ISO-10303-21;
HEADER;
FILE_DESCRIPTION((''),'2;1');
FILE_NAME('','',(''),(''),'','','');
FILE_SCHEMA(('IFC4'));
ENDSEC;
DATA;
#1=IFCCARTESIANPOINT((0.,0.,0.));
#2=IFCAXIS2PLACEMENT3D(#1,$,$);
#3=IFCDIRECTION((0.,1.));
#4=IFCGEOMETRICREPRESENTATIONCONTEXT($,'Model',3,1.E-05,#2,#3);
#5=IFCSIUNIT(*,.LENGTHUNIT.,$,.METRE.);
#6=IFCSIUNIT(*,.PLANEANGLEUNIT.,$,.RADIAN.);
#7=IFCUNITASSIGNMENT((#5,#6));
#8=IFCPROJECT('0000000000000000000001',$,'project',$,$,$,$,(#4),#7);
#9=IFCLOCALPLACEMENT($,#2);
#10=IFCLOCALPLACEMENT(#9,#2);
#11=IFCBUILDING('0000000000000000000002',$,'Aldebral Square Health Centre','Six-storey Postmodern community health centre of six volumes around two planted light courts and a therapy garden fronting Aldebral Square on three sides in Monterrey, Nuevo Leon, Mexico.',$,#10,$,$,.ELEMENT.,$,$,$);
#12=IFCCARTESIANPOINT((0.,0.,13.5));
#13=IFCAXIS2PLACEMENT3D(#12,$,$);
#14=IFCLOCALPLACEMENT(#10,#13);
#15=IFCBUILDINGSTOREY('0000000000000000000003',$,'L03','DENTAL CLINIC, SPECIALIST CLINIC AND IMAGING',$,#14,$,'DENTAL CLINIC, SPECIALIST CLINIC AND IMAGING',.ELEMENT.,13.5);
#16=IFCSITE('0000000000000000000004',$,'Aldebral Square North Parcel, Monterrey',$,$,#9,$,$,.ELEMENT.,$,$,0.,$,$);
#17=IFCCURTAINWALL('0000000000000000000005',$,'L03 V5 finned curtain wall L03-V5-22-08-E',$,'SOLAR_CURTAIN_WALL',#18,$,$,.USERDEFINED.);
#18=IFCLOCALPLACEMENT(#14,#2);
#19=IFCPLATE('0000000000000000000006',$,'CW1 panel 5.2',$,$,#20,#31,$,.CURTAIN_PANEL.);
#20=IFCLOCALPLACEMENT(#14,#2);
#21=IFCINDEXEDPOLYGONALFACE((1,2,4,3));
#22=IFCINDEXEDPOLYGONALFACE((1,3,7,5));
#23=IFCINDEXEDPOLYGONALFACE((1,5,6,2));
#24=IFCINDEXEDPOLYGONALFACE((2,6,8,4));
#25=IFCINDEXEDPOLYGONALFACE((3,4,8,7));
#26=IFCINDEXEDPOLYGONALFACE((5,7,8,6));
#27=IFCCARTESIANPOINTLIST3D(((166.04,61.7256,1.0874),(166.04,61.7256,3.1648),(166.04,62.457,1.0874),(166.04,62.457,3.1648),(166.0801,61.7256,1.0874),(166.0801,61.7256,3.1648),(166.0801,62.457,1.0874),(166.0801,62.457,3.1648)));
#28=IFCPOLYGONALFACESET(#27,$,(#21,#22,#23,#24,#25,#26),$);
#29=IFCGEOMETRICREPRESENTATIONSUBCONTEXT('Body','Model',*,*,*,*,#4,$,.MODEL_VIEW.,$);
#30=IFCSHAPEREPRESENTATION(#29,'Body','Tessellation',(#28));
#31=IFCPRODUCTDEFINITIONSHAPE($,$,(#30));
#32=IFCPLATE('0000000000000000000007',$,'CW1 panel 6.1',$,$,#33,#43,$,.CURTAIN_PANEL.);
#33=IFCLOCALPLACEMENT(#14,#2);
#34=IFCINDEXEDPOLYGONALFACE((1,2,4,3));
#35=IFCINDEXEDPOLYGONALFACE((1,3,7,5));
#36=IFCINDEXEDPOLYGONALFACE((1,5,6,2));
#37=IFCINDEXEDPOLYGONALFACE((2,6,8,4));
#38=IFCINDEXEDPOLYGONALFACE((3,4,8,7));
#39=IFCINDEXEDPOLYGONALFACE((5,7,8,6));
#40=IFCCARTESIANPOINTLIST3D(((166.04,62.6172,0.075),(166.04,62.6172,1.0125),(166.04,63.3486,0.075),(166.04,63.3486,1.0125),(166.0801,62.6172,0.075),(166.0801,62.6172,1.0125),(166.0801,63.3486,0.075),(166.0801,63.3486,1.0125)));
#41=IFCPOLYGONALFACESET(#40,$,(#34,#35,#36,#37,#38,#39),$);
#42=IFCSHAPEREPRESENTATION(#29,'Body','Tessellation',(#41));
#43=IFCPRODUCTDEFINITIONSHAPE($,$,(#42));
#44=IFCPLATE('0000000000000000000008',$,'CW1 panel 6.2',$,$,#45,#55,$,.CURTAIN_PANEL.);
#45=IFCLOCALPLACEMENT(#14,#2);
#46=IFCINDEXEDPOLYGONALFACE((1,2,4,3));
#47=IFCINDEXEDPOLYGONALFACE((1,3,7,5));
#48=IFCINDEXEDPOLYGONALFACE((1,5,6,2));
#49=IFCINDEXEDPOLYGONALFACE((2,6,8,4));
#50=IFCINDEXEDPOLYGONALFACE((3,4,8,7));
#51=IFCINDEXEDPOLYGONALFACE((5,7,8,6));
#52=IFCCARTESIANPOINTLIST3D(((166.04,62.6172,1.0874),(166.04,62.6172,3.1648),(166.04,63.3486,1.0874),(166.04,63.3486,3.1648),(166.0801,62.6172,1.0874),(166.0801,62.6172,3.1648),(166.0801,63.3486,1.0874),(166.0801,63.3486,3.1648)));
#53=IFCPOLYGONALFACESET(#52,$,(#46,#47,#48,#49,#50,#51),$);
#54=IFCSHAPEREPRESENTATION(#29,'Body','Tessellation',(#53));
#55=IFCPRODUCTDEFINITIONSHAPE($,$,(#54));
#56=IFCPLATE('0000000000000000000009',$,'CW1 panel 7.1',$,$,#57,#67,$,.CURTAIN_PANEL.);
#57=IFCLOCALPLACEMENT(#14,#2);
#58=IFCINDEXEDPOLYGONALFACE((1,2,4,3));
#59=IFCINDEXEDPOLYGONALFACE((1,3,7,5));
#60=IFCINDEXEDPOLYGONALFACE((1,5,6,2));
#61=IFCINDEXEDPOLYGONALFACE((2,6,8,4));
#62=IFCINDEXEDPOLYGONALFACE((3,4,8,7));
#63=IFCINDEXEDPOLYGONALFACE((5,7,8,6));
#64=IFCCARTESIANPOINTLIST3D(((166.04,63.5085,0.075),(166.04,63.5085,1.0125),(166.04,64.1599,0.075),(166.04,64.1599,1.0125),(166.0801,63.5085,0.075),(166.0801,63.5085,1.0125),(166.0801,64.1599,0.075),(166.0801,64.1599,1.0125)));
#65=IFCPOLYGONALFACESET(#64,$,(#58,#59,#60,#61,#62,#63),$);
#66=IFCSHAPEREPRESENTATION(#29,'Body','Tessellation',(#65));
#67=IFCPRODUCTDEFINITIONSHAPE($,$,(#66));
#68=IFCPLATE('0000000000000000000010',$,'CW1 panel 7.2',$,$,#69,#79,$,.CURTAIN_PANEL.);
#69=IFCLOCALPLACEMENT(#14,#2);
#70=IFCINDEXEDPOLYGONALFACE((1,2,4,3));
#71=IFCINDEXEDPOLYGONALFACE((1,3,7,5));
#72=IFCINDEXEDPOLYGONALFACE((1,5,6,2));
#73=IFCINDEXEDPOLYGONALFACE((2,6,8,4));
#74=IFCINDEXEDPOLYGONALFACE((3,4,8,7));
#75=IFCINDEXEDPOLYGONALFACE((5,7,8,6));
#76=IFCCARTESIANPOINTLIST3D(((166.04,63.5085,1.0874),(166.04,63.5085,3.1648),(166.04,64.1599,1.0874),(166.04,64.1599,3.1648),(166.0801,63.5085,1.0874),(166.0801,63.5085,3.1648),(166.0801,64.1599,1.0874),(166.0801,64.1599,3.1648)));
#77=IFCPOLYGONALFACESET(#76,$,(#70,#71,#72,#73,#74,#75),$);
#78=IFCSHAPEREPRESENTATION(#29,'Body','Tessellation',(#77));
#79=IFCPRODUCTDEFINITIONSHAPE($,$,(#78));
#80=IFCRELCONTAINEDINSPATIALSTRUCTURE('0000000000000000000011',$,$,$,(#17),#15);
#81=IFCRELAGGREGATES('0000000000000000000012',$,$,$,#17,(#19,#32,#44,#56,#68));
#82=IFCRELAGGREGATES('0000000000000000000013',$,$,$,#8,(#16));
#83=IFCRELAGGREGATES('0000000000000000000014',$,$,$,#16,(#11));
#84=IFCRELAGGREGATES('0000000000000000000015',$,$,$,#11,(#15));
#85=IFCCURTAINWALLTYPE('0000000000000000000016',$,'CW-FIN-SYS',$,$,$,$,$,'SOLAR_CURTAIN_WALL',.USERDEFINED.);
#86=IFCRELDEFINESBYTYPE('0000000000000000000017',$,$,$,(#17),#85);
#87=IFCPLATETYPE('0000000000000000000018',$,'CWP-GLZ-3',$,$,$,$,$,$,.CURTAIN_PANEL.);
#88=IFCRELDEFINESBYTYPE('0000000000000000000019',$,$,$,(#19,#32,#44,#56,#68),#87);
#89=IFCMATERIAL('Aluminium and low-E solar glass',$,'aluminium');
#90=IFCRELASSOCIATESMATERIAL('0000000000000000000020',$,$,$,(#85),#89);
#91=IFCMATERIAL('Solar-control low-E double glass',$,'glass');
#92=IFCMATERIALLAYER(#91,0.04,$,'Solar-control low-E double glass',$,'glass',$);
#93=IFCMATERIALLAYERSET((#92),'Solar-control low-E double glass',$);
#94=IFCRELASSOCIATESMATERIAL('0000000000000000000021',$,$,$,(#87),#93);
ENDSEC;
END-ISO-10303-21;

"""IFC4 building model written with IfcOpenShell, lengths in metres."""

from ifc_helpers import new_model, si_unit, direction, frame, origin, origin_2d, place, context, subcontext, project, spatial, rectangle, extrude, material, layer, layer_set, type_object, element, aggregate, save


model = new_model("IFC4")

# Units and contexts
model_context = context("Model", 3, precision=1e-05, world=origin(), true_north=direction((0.0, 1.0)))
body_context = subcontext(model_context, "Body", "Model", "MODEL_VIEW")
ifc_project = project(units=[si_unit("LENGTHUNIT", "METRE"), si_unit("PLANEANGLEUNIT", "RADIAN")], contexts=[model_context])

# Site, building, storey
site_placement = place(None, origin())
site = spatial("IfcSite", under=ifc_project, at=site_placement, Name="Aldebral Square North Parcel, Monterrey", CompositionType="ELEMENT", RefElevation=0.0)
building_placement = place(site_placement, origin())
building = spatial("IfcBuilding", under=site, at=building_placement, Name="Aldebral Square Health Centre", Description="Six-storey Postmodern community health centre of six volumes around two planted light courts and a therapy garden fronting Aldebral Square on three sides in Monterrey, Nuevo Leon, Mexico.", CompositionType="ELEMENT")
storey_placement = place(building_placement, frame((0.0, 0.0, 13.5)))
storey = spatial("IfcBuildingStorey", under=building, at=storey_placement, Name="L03", Description="DENTAL CLINIC, SPECIALIST CLINIC AND IMAGING", LongName="DENTAL CLINIC, SPECIALIST CLINIC AND IMAGING", CompositionType="ELEMENT", Elevation=13.5)

# Curtain wall
ifc_material_1 = material(Name="Aluminium and low-E solar glass", Category="aluminium")
curtain_wall_type = type_object("IfcCurtainWallType", Name="CW-FIN-SYS", ElementType="SOLAR_CURTAIN_WALL", PredefinedType="USERDEFINED", material=ifc_material_1)
curtain_wall_1_placement = place(storey_placement, origin())
curtain_wall_1 = element("IfcCurtainWall", 1, at=curtain_wall_1_placement, inside=storey, type_object=curtain_wall_type, Name="L03 V5 finned curtain wall L03-V5-22-08-E", ObjectType="SOLAR_CURTAIN_WALL", PredefinedType="USERDEFINED")

# Plates
ifc_material_2 = material(Name="Solar-control low-E double glass", Category="glass")
ifc_layer = layer(ifc_material_2, 0.04, Name="Solar-control low-E double glass", Category="glass")
ifc_layer_set = layer_set([ifc_layer], Name="Solar-control low-E double glass")
plate_type = type_object("IfcPlateType", Name="CWP-GLZ-3", PredefinedType="CURTAIN_PANEL", material=ifc_layer_set)
plate_1_placement = place(storey_placement, frame((166.0601, 62.0913, 1.0874), z_axis=(0.0, 0.0, 1.0), x_axis=(0.0, 1.0, 0.0)))
plate_1 = element("IfcPlate", 2, at=plate_1_placement, type_object=plate_type, Name="CW1 panel 5.2", PredefinedType="CURTAIN_PANEL", context=body_context, shape_type="SweptSolid", body=[
    extrude(rectangle(XDim=0.7314, YDim=0.04, at=origin_2d()), origin(), (0.0, 0.0, 1.0), 2.0774),
])
plate_2_placement = place(storey_placement, frame((166.0601, 62.9829, 0.075), z_axis=(0.0, 0.0, 1.0), x_axis=(0.0, 1.0, 0.0)))
plate_2 = element("IfcPlate", 3, at=plate_2_placement, type_object=plate_type, Name="CW1 panel 6.1", PredefinedType="CURTAIN_PANEL", context=body_context, shape_type="SweptSolid", body=[
    extrude(rectangle(XDim=0.7314, YDim=0.04, at=origin_2d()), origin(), (0.0, 0.0, 1.0), 0.9375),
])
plate_3_placement = place(storey_placement, frame((166.0601, 62.9829, 1.0874), z_axis=(0.0, 0.0, 1.0), x_axis=(0.0, 1.0, 0.0)))
plate_3 = element("IfcPlate", 4, at=plate_3_placement, type_object=plate_type, Name="CW1 panel 6.2", PredefinedType="CURTAIN_PANEL", context=body_context, shape_type="SweptSolid", body=[
    extrude(rectangle(XDim=0.7314, YDim=0.04, at=origin_2d()), origin(), (0.0, 0.0, 1.0), 2.0774),
])
plate_4_placement = place(storey_placement, frame((166.0601, 63.8342, 0.075), z_axis=(0.0, 0.0, 1.0), x_axis=(0.0, 1.0, 0.0)))
plate_4 = element("IfcPlate", 5, at=plate_4_placement, type_object=plate_type, Name="CW1 panel 7.1", PredefinedType="CURTAIN_PANEL", context=body_context, shape_type="SweptSolid", body=[
    extrude(rectangle(XDim=0.6514, YDim=0.04, at=origin_2d()), origin(), (0.0, 0.0, 1.0), 0.9375),
])
plate_5_placement = place(storey_placement, frame((166.0601, 63.8342, 1.0874), z_axis=(0.0, 0.0, 1.0), x_axis=(0.0, 1.0, 0.0)))
plate_5 = element("IfcPlate", 6, at=plate_5_placement, type_object=plate_type, Name="CW1 panel 7.2", PredefinedType="CURTAIN_PANEL", context=body_context, shape_type="SweptSolid", body=[
    extrude(rectangle(XDim=0.6514, YDim=0.04, at=origin_2d()), origin(), (0.0, 0.0, 1.0), 2.0774),
])
aggregate(curtain_wall_1, [plate_1, plate_2, plate_3, plate_4, plate_5])

save(model, "model.ifc")
